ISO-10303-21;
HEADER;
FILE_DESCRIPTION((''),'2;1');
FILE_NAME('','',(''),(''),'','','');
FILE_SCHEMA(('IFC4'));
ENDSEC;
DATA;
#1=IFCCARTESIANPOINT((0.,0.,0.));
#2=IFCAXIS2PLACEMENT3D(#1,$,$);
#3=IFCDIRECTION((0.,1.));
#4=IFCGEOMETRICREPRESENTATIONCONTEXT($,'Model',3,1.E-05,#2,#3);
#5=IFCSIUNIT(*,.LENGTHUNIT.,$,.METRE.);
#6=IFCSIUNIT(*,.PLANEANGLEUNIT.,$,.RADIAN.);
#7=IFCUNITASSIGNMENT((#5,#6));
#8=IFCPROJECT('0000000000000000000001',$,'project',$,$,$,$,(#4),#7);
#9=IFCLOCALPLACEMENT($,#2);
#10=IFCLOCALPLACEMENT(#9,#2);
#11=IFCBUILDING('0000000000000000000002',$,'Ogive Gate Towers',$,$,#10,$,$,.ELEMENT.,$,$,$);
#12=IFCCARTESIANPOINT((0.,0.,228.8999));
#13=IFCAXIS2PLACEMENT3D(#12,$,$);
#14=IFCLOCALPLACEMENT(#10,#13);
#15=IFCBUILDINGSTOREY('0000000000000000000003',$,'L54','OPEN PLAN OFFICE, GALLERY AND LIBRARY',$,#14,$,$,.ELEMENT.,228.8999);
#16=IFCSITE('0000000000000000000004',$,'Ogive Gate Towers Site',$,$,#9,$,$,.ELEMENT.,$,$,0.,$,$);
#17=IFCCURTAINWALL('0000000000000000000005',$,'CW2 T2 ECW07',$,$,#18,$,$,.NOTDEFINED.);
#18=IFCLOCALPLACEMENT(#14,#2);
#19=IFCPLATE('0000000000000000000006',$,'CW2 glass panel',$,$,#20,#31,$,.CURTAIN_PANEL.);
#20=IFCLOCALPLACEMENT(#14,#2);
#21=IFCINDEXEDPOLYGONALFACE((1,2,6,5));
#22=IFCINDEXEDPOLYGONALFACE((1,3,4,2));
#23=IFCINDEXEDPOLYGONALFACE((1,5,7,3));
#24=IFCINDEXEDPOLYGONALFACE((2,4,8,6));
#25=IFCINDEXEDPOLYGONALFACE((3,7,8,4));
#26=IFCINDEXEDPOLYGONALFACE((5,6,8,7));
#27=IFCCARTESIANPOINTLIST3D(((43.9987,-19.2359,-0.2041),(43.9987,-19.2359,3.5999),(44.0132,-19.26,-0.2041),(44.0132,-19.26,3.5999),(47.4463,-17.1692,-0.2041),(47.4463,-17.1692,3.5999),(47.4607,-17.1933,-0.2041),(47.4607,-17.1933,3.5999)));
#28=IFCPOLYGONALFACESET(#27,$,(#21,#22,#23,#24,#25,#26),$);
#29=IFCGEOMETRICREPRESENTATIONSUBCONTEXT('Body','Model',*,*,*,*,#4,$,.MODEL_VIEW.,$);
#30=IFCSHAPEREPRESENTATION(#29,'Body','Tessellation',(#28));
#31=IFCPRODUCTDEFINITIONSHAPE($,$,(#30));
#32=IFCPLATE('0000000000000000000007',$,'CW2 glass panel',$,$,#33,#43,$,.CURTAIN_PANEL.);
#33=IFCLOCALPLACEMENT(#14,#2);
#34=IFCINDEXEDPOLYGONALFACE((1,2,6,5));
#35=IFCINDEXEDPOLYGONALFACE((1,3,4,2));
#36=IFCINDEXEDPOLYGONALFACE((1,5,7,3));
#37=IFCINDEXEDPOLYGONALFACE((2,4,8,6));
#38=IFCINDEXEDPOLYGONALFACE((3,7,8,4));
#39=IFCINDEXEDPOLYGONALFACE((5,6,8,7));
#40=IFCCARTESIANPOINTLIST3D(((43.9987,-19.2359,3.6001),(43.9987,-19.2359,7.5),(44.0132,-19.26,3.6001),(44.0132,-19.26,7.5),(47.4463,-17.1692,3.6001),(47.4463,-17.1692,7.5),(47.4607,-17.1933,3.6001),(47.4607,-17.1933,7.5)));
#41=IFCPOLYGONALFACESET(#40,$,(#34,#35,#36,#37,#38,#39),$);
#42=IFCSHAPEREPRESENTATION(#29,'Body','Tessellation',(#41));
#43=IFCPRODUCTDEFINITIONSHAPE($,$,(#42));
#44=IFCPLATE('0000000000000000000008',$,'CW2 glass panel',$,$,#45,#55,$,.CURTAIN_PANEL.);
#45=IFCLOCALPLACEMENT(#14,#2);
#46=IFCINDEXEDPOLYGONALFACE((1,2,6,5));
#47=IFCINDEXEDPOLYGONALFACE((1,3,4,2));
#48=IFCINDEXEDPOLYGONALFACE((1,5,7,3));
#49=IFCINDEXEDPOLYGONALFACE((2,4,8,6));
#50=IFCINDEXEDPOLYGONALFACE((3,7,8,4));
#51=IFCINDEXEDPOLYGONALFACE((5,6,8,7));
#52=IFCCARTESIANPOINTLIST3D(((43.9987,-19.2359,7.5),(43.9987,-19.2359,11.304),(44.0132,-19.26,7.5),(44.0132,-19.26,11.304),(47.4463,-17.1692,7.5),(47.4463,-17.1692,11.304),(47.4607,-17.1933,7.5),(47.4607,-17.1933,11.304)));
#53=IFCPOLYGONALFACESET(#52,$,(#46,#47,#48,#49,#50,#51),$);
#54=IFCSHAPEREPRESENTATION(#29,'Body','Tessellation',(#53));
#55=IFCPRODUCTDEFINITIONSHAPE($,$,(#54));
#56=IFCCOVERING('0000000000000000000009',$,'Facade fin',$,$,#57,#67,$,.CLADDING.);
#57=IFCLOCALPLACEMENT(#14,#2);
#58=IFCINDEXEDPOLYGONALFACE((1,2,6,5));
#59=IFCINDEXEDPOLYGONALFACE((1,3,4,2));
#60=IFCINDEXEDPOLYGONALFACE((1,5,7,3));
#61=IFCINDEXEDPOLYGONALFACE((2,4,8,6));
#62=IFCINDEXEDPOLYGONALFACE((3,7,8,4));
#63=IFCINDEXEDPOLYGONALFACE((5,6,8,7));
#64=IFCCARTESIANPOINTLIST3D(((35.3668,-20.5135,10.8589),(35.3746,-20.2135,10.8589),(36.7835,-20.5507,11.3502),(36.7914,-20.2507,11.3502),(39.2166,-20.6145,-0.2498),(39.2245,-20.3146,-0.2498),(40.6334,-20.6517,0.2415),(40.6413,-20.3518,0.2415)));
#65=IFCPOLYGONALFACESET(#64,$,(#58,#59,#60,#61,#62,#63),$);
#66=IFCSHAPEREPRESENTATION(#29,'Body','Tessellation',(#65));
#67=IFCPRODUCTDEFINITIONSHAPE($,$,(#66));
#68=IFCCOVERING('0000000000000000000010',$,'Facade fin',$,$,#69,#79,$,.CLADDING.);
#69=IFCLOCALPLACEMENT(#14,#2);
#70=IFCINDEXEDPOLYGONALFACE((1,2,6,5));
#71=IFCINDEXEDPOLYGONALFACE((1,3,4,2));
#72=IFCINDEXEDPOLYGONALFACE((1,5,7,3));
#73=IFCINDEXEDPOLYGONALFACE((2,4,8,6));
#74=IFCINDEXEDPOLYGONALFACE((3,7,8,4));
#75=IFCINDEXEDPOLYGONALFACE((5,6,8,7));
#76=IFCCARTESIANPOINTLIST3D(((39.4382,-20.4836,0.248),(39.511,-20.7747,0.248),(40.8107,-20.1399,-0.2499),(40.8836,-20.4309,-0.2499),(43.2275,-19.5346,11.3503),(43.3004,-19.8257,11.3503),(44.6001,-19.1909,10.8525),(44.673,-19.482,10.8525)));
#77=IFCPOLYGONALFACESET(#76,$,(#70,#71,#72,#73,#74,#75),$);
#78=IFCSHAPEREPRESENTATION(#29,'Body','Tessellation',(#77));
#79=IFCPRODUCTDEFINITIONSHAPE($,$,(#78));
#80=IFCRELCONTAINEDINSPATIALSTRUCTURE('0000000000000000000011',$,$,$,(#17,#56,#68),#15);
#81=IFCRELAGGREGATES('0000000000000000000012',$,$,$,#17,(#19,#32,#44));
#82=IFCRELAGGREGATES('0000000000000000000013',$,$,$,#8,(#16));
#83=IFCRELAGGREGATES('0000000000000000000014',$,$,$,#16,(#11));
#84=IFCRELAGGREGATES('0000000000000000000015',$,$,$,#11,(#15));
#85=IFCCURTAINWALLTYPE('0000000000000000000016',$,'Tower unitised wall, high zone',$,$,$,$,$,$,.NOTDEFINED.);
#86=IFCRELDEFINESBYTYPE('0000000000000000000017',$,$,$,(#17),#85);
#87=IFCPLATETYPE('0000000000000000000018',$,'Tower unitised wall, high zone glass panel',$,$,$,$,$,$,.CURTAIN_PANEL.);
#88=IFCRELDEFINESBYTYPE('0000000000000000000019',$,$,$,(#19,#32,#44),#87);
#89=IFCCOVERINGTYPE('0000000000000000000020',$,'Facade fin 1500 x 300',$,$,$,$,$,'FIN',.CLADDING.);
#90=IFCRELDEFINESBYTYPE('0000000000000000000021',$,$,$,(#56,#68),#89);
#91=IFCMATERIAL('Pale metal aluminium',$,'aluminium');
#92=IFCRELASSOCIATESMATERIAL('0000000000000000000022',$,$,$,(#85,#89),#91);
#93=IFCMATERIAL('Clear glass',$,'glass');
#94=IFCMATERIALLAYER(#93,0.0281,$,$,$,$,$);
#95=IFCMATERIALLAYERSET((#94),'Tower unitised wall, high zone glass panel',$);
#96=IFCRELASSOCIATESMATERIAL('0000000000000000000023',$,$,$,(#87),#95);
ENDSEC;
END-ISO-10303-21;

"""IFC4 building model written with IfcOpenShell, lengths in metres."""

from ifc_helpers import new_model, si_unit, direction, frame, origin, origin_2d, place, context, subcontext, project, spatial, rectangle, extrude, material, layer, layer_set, material_profile, profile_set, type_object, element, aggregate, save


model = new_model("IFC4")

# Units and contexts
model_context = context("Model", 3, precision=1e-05, world=origin(), true_north=direction((0.0, 1.0)))
body_context = subcontext(model_context, "Body", "Model", "MODEL_VIEW")
ifc_project = project(units=[si_unit("LENGTHUNIT", "METRE"), si_unit("PLANEANGLEUNIT", "RADIAN")], contexts=[model_context])

# Site, building, storey
site_placement = place(None, origin())
site = spatial("IfcSite", under=ifc_project, at=site_placement, Name="Ogive Gate Towers Site", CompositionType="ELEMENT", RefElevation=0.0)
building_placement = place(site_placement, origin())
building = spatial("IfcBuilding", under=site, at=building_placement, Name="Ogive Gate Towers", CompositionType="ELEMENT")
storey_placement = place(building_placement, frame((0.0, 0.0, 228.8999)))
storey = spatial("IfcBuildingStorey", under=building, at=storey_placement, Name="L54", Description="OPEN PLAN OFFICE, GALLERY AND LIBRARY", CompositionType="ELEMENT", Elevation=228.8999)

# Curtain wall, plates
ifc_material_1 = material(Name="Pale metal aluminium", Category="aluminium")
curtain_wall_type = type_object("IfcCurtainWallType", Name="Tower unitised wall, high zone", PredefinedType="NOTDEFINED", material=ifc_material_1)
curtain_wall_placement = place(storey_placement, origin())
curtain_wall = element("IfcCurtainWall", 1, at=curtain_wall_placement, inside=storey, type_object=curtain_wall_type, Name="CW2 T2 ECW07", PredefinedType="NOTDEFINED")
ifc_material_2 = material(Name="Clear glass", Category="glass")
ifc_layer = layer(ifc_material_2, 0.0281)
ifc_layer_set = layer_set([ifc_layer], Name="Tower unitised wall, high zone glass panel")
plate_type = type_object("IfcPlateType", Name="Tower unitised wall, high zone glass panel", PredefinedType="CURTAIN_PANEL", material=ifc_layer_set)
plate_1_placement = place(storey_placement, frame((45.7297, -18.2146, -0.2041), z_axis=(0.0, 0.0, 1.0), x_axis=(0.857697, 0.514155, 0.0)))
plate_1 = element("IfcPlate", 2, at=plate_1_placement, type_object=plate_type, Name="CW2 glass panel", PredefinedType="CURTAIN_PANEL", context=body_context, shape_type="SweptSolid", body=[
    extrude(rectangle(XDim=4.0195, YDim=0.0281, at=origin_2d()), origin(), (0.0, 0.0, 1.0), 3.804),
])
plate_2_placement = place(storey_placement, frame((45.7297, -18.2146, 3.6001), z_axis=(0.0, 0.0, 1.0), x_axis=(0.857697, 0.514155, 0.0)))
plate_2 = element("IfcPlate", 3, at=plate_2_placement, type_object=plate_type, Name="CW2 glass panel", PredefinedType="CURTAIN_PANEL", context=body_context, shape_type="SweptSolid", body=[
    extrude(rectangle(XDim=4.0195, YDim=0.0281, at=origin_2d()), origin(), (0.0, 0.0, 1.0), 3.8999),
])
plate_3_placement = place(storey_placement, frame((45.7297, -18.2146, 7.5), z_axis=(0.0, 0.0, 1.0), x_axis=(0.857697, 0.514155, 0.0)))
plate_3 = element("IfcPlate", 4, at=plate_3_placement, type_object=plate_type, Name="CW2 glass panel", PredefinedType="CURTAIN_PANEL", context=body_context, shape_type="SweptSolid", body=[
    extrude(rectangle(XDim=4.0195, YDim=0.0281, at=origin_2d()), origin(), (0.0, 0.0, 1.0), 3.804),
])
aggregate(curtain_wall, [plate_1, plate_2, plate_3])

# Coverings
ifc_material_profile_1 = material_profile(ifc_material_1, rectangle(XDim=0.3, YDim=1.5, at=origin_2d()), Name="1500 x 300 pale metal aluminium")
ifc_profile_set_1 = profile_set([ifc_material_profile_1], Name="Pale metal aluminium")
covering_type = type_object("IfcCoveringType", Name="Facade fin 1500 x 300", ElementType="FIN", PredefinedType="CLADDING", material=ifc_profile_set_1)
covering_1_placement = place(storey_placement, frame((39.929, -20.4832, -0.0042), z_axis=(-0.327444, 0.008597, 0.944831), x_axis=(-0.026245, -0.999656, 0.0)))
element("IfcCovering", 5, at=covering_1_placement, inside=storey, type_object=covering_type, Name="Facade fin", PredefinedType="CLADDING", context=body_context, shape_type="SweptSolid", body=[
    extrude(rectangle(XDim=0.3, YDim=1.5, at=origin_2d()), origin(), (0.0, 0.0, 1.0), 11.7573),
])
covering_2_placement = place(storey_placement, frame((40.1609, -20.4573, -0.001), z_axis=(0.321961, 0.08063, 0.943313), x_axis=(-0.242933, 0.970043, 0.0)))
element("IfcCovering", 6, at=covering_2_placement, inside=storey, type_object=covering_type, Name="Facade fin", PredefinedType="CLADDING", context=body_context, shape_type="SweptSolid", body=[
    extrude(rectangle(XDim=0.3, YDim=1.5, at=origin_2d()), origin(), (0.0, 0.0, 1.0), 11.7695),
])

save(model, "model.ifc")
